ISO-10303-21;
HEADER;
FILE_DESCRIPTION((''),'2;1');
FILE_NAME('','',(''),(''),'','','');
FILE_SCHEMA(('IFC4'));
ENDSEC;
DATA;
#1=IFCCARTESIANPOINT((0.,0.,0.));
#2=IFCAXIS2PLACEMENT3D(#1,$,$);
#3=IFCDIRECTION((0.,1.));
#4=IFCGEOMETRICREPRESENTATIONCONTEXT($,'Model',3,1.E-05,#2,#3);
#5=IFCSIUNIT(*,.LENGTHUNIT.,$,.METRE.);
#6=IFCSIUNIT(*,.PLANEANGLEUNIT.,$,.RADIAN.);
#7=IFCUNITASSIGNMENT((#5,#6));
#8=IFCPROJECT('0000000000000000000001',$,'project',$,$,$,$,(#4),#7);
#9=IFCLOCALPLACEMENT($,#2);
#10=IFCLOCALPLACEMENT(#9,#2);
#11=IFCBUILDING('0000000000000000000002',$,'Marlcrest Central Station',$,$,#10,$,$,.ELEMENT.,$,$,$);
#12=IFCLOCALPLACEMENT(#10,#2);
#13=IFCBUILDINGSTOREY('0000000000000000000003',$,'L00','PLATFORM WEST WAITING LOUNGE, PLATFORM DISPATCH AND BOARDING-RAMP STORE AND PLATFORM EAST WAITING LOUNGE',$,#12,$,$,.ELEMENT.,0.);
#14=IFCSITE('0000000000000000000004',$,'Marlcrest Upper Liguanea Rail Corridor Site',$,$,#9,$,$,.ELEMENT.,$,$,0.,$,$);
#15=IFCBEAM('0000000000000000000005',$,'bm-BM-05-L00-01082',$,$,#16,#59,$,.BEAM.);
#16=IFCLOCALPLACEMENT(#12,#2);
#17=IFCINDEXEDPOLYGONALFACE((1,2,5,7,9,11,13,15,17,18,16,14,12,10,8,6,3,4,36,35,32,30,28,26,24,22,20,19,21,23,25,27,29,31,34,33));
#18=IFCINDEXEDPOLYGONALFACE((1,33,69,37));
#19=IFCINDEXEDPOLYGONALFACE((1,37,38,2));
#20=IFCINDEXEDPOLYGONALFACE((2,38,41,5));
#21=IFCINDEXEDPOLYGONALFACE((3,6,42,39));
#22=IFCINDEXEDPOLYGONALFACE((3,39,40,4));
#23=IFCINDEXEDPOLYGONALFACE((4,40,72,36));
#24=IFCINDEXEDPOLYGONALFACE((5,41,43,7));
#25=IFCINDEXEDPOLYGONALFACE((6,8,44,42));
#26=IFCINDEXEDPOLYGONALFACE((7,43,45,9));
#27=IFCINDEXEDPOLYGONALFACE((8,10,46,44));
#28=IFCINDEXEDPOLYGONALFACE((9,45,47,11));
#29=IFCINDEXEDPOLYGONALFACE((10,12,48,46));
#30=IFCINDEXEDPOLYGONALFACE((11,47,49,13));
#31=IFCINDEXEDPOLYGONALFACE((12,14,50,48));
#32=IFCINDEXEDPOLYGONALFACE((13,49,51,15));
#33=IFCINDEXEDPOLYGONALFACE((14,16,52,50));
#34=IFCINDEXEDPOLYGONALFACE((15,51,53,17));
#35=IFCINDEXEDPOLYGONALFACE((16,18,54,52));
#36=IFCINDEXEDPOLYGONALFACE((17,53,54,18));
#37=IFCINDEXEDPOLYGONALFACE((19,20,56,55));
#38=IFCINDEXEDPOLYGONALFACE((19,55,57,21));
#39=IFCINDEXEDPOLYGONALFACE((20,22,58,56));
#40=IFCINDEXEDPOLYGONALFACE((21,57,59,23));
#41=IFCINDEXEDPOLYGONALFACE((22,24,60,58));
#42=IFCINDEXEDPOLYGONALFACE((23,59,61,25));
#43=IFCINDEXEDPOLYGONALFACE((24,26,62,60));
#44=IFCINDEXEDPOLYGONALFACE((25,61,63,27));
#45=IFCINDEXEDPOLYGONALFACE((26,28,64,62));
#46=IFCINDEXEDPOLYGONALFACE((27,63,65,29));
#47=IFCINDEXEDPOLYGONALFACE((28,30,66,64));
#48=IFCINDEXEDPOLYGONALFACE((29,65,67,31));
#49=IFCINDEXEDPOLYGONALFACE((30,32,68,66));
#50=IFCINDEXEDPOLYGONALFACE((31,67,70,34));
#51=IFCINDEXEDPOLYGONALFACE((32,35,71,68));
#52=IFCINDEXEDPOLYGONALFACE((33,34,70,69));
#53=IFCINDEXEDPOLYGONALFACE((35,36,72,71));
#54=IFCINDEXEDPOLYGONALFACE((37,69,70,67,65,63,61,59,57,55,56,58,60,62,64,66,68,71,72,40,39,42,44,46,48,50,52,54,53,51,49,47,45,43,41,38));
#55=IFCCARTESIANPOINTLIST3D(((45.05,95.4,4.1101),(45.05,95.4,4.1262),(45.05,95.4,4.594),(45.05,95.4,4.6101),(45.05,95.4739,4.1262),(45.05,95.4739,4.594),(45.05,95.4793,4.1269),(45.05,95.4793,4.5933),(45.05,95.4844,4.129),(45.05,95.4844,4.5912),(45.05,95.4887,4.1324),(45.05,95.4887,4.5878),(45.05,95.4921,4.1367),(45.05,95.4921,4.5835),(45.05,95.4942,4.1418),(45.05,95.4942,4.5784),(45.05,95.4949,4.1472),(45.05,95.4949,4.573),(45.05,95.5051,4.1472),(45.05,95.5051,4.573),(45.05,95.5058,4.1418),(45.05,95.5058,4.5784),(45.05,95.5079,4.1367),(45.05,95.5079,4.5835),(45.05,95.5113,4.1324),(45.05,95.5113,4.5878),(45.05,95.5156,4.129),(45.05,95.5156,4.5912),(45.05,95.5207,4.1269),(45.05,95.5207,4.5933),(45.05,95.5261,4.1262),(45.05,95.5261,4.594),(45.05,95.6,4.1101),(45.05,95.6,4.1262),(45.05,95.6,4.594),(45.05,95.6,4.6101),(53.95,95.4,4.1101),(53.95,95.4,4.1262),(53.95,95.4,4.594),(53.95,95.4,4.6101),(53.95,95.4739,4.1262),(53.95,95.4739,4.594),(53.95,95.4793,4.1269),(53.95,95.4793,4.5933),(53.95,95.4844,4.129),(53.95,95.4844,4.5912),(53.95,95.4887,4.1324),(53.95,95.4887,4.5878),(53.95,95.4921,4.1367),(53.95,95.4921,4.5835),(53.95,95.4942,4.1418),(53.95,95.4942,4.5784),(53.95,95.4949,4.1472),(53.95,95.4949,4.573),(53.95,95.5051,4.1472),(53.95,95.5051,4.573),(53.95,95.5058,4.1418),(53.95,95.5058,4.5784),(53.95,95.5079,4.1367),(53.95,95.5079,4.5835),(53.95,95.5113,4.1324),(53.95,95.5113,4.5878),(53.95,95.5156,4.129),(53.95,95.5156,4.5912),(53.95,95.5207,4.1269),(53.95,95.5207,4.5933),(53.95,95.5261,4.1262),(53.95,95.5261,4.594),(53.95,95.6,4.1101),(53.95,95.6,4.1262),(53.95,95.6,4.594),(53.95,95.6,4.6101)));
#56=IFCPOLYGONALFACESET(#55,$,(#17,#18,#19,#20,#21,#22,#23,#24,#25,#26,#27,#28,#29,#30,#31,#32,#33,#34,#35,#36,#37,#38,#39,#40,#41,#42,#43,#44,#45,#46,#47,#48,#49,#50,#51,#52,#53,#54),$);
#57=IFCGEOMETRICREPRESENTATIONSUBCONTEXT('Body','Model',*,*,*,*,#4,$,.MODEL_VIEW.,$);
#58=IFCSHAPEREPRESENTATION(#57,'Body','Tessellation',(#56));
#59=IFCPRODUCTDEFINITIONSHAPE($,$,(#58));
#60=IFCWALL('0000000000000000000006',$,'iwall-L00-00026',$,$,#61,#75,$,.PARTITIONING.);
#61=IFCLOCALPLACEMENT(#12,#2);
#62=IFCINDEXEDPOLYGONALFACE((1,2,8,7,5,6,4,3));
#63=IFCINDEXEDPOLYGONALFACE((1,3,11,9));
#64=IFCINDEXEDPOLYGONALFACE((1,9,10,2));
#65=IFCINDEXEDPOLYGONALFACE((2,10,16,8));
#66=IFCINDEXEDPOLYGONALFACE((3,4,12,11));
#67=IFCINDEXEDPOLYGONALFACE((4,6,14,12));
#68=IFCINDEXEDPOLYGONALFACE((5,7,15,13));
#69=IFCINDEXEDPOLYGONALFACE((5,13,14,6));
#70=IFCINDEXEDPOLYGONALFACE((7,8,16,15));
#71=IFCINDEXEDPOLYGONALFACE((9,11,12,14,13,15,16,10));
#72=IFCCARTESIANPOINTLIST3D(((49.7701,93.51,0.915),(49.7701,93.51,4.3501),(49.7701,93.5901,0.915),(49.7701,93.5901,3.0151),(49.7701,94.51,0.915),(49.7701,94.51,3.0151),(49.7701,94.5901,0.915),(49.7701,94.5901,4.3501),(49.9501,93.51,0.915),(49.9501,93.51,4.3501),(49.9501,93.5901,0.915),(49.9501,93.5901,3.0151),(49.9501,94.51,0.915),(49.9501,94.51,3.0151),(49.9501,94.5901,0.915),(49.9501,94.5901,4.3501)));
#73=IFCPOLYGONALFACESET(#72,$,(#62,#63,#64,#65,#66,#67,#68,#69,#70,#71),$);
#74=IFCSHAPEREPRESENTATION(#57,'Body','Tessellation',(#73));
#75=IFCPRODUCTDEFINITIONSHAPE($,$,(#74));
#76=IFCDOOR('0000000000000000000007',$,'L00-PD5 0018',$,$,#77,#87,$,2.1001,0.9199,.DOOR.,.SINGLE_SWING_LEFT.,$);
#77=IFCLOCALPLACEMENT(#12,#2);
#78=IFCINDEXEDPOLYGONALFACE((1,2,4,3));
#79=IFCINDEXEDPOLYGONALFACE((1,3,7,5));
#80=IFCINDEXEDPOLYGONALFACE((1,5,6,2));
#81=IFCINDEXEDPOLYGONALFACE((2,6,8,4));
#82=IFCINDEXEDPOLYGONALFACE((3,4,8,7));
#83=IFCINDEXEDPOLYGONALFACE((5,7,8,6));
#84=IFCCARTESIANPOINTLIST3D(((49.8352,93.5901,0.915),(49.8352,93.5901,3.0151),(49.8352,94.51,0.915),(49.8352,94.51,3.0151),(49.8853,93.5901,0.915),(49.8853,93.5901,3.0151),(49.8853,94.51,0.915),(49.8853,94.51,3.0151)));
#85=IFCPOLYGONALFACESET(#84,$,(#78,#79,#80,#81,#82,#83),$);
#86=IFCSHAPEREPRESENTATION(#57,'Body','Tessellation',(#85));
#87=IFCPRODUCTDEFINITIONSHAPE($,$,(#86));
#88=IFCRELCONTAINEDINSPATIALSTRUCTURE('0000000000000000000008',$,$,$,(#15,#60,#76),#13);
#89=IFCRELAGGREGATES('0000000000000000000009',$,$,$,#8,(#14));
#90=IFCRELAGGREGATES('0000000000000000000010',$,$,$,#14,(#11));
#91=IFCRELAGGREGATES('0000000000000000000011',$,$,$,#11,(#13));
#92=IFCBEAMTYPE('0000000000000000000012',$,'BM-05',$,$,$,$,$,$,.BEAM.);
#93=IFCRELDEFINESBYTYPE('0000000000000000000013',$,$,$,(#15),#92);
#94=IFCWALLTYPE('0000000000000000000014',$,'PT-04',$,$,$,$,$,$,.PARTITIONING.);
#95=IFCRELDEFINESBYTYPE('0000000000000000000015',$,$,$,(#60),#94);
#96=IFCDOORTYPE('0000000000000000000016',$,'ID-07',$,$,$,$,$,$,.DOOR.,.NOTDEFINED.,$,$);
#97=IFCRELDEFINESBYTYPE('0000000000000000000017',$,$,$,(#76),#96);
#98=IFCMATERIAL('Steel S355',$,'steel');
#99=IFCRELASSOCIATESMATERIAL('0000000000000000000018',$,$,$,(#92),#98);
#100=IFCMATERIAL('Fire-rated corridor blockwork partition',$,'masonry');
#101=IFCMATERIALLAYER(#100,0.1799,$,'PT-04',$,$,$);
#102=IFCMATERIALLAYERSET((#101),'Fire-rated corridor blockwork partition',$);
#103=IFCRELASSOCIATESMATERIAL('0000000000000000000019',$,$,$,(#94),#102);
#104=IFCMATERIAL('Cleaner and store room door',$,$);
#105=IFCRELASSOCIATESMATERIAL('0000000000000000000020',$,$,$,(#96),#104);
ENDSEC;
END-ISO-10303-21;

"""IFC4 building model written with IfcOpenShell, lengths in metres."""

from ifc_helpers import new_model, si_unit, direction, frame, frame_2d, origin, origin_2d, place, context, subcontext, project, spatial, rectangle, i_section, extrude, material, layer, layer_set, material_profile, profile_set, type_object, element, fill, save


model = new_model("IFC4")

# Units and contexts
model_context = context("Model", 3, precision=1e-05, world=origin(), true_north=direction((0.0, 1.0)))
body_context = subcontext(model_context, "Body", "Model", "MODEL_VIEW")
ifc_project = project(units=[si_unit("LENGTHUNIT", "METRE"), si_unit("PLANEANGLEUNIT", "RADIAN")], contexts=[model_context])

# Site, building, storey
site_placement = place(None, origin())
site = spatial("IfcSite", under=ifc_project, at=site_placement, Name="Marlcrest Upper Liguanea Rail Corridor Site", CompositionType="ELEMENT", RefElevation=0.0)
building_placement = place(site_placement, origin())
building = spatial("IfcBuilding", under=site, at=building_placement, Name="Marlcrest Central Station", CompositionType="ELEMENT")
storey_placement = place(building_placement, origin())
storey = spatial("IfcBuildingStorey", under=building, at=storey_placement, Name="L00", Description="PLATFORM WEST WAITING LOUNGE, PLATFORM DISPATCH AND BOARDING-RAMP STORE AND PLATFORM EAST WAITING LOUNGE", CompositionType="ELEMENT", Elevation=0.0)

# Beam
ifc_material_1 = material(Name="Steel S355", Category="steel")
ifc_material_profile_1 = material_profile(ifc_material_1, i_section(OverallWidth=0.2, OverallDepth=0.5, WebThickness=0.0103, FlangeThickness=0.0161, FilletRadius=0.021, at=origin_2d()), Name="IPE 500")
ifc_profile_set_1 = profile_set([ifc_material_profile_1], Name="Steel S355")
beam_type_1 = type_object("IfcBeamType", Name="BM-05", PredefinedType="BEAM", material=ifc_profile_set_1)
for number, where, z_axis, x_axis, name in (
    (1, (45.05, 95.5, 4.3601), (1.0, 0.0, 0.0), (0.0, 1.0, 0.0), "bm-BM-05-L00-01082"),
):
    element("IfcBeam", number, at=place(storey_placement, frame(where, z_axis=z_axis, x_axis=x_axis)), inside=storey, type_object=beam_type_1, Name=name, PredefinedType="BEAM", context=body_context, shape_type="SweptSolid", body=[
        extrude(i_section(OverallWidth=0.2, OverallDepth=0.5, WebThickness=0.0103, FlangeThickness=0.0161, FilletRadius=0.021, at=origin_2d()), origin(), (0.0, 0.0, 1.0), 8.8999),
    ])

# Wall, opening, door
ifc_material_2 = material(Name="Fire-rated corridor blockwork partition", Category="masonry")
ifc_layer = layer(ifc_material_2, 0.1799, Name="PT-04")
ifc_layer_set = layer_set([ifc_layer], Name="Fire-rated corridor blockwork partition")
wall_type = type_object("IfcWallType", Name="PT-04", PredefinedType="PARTITIONING", material=ifc_layer_set)
wall_placement = place(storey_placement, frame((49.8601, 93.51, 0.915), z_axis=(0.0, 0.0, 1.0), x_axis=(0.0, 1.0, 0.0)))
wall = element("IfcWall", 2, at=wall_placement, inside=storey, type_object=wall_type, Name="iwall-L00-00026", PredefinedType="PARTITIONING", context=body_context, shape_type="SweptSolid", body=[
    extrude(rectangle(XDim=1.0801, YDim=0.1799, at=frame_2d((0.54, 0.0))), origin(), (0.0, 0.0, 1.0), 3.4351),
])
opening_placement = place(wall_placement, frame((0.0801, 0.0, 0.0)))
opening = element("IfcOpeningElement", 3, at=opening_placement, cuts=wall, PredefinedType="OPENING", context=body_context, shape_type="SweptSolid", body=[
    extrude(rectangle(XDim=0.9199, YDim=2.1001, at=frame_2d((0.46, 1.05))), frame((0.0, 0.0999, 0.0), z_axis=(0.0, -1.0, 0.0), x_axis=(1.0, 0.0, 0.0)), (0.0, 0.0, 1.0), 0.2),
])
ifc_material_3 = material(Name="Cleaner and store room door")
door_type = type_object("IfcDoorType", Name="ID-07", OperationType="NOTDEFINED", PredefinedType="DOOR", material=ifc_material_3)
door_placement = place(opening_placement, origin())
door = element("IfcDoor", 4, at=door_placement, inside=storey, type_object=door_type, Name="L00-PD5 0018", OperationType="SINGLE_SWING_LEFT", OverallHeight=2.1001, OverallWidth=0.9199, PredefinedType="DOOR", context=body_context, shape_type="SweptSolid", body=[
    extrude(rectangle(XDim=0.9199, YDim=2.1001, at=frame_2d((0.46, 1.05))), frame((0.0, 0.0249, 0.0), z_axis=(0.0, -1.0, 0.0), x_axis=(1.0, 0.0, 0.0)), (0.0, 0.0, 1.0), 0.05),
])
fill(opening, door)

save(model, "model.ifc")
